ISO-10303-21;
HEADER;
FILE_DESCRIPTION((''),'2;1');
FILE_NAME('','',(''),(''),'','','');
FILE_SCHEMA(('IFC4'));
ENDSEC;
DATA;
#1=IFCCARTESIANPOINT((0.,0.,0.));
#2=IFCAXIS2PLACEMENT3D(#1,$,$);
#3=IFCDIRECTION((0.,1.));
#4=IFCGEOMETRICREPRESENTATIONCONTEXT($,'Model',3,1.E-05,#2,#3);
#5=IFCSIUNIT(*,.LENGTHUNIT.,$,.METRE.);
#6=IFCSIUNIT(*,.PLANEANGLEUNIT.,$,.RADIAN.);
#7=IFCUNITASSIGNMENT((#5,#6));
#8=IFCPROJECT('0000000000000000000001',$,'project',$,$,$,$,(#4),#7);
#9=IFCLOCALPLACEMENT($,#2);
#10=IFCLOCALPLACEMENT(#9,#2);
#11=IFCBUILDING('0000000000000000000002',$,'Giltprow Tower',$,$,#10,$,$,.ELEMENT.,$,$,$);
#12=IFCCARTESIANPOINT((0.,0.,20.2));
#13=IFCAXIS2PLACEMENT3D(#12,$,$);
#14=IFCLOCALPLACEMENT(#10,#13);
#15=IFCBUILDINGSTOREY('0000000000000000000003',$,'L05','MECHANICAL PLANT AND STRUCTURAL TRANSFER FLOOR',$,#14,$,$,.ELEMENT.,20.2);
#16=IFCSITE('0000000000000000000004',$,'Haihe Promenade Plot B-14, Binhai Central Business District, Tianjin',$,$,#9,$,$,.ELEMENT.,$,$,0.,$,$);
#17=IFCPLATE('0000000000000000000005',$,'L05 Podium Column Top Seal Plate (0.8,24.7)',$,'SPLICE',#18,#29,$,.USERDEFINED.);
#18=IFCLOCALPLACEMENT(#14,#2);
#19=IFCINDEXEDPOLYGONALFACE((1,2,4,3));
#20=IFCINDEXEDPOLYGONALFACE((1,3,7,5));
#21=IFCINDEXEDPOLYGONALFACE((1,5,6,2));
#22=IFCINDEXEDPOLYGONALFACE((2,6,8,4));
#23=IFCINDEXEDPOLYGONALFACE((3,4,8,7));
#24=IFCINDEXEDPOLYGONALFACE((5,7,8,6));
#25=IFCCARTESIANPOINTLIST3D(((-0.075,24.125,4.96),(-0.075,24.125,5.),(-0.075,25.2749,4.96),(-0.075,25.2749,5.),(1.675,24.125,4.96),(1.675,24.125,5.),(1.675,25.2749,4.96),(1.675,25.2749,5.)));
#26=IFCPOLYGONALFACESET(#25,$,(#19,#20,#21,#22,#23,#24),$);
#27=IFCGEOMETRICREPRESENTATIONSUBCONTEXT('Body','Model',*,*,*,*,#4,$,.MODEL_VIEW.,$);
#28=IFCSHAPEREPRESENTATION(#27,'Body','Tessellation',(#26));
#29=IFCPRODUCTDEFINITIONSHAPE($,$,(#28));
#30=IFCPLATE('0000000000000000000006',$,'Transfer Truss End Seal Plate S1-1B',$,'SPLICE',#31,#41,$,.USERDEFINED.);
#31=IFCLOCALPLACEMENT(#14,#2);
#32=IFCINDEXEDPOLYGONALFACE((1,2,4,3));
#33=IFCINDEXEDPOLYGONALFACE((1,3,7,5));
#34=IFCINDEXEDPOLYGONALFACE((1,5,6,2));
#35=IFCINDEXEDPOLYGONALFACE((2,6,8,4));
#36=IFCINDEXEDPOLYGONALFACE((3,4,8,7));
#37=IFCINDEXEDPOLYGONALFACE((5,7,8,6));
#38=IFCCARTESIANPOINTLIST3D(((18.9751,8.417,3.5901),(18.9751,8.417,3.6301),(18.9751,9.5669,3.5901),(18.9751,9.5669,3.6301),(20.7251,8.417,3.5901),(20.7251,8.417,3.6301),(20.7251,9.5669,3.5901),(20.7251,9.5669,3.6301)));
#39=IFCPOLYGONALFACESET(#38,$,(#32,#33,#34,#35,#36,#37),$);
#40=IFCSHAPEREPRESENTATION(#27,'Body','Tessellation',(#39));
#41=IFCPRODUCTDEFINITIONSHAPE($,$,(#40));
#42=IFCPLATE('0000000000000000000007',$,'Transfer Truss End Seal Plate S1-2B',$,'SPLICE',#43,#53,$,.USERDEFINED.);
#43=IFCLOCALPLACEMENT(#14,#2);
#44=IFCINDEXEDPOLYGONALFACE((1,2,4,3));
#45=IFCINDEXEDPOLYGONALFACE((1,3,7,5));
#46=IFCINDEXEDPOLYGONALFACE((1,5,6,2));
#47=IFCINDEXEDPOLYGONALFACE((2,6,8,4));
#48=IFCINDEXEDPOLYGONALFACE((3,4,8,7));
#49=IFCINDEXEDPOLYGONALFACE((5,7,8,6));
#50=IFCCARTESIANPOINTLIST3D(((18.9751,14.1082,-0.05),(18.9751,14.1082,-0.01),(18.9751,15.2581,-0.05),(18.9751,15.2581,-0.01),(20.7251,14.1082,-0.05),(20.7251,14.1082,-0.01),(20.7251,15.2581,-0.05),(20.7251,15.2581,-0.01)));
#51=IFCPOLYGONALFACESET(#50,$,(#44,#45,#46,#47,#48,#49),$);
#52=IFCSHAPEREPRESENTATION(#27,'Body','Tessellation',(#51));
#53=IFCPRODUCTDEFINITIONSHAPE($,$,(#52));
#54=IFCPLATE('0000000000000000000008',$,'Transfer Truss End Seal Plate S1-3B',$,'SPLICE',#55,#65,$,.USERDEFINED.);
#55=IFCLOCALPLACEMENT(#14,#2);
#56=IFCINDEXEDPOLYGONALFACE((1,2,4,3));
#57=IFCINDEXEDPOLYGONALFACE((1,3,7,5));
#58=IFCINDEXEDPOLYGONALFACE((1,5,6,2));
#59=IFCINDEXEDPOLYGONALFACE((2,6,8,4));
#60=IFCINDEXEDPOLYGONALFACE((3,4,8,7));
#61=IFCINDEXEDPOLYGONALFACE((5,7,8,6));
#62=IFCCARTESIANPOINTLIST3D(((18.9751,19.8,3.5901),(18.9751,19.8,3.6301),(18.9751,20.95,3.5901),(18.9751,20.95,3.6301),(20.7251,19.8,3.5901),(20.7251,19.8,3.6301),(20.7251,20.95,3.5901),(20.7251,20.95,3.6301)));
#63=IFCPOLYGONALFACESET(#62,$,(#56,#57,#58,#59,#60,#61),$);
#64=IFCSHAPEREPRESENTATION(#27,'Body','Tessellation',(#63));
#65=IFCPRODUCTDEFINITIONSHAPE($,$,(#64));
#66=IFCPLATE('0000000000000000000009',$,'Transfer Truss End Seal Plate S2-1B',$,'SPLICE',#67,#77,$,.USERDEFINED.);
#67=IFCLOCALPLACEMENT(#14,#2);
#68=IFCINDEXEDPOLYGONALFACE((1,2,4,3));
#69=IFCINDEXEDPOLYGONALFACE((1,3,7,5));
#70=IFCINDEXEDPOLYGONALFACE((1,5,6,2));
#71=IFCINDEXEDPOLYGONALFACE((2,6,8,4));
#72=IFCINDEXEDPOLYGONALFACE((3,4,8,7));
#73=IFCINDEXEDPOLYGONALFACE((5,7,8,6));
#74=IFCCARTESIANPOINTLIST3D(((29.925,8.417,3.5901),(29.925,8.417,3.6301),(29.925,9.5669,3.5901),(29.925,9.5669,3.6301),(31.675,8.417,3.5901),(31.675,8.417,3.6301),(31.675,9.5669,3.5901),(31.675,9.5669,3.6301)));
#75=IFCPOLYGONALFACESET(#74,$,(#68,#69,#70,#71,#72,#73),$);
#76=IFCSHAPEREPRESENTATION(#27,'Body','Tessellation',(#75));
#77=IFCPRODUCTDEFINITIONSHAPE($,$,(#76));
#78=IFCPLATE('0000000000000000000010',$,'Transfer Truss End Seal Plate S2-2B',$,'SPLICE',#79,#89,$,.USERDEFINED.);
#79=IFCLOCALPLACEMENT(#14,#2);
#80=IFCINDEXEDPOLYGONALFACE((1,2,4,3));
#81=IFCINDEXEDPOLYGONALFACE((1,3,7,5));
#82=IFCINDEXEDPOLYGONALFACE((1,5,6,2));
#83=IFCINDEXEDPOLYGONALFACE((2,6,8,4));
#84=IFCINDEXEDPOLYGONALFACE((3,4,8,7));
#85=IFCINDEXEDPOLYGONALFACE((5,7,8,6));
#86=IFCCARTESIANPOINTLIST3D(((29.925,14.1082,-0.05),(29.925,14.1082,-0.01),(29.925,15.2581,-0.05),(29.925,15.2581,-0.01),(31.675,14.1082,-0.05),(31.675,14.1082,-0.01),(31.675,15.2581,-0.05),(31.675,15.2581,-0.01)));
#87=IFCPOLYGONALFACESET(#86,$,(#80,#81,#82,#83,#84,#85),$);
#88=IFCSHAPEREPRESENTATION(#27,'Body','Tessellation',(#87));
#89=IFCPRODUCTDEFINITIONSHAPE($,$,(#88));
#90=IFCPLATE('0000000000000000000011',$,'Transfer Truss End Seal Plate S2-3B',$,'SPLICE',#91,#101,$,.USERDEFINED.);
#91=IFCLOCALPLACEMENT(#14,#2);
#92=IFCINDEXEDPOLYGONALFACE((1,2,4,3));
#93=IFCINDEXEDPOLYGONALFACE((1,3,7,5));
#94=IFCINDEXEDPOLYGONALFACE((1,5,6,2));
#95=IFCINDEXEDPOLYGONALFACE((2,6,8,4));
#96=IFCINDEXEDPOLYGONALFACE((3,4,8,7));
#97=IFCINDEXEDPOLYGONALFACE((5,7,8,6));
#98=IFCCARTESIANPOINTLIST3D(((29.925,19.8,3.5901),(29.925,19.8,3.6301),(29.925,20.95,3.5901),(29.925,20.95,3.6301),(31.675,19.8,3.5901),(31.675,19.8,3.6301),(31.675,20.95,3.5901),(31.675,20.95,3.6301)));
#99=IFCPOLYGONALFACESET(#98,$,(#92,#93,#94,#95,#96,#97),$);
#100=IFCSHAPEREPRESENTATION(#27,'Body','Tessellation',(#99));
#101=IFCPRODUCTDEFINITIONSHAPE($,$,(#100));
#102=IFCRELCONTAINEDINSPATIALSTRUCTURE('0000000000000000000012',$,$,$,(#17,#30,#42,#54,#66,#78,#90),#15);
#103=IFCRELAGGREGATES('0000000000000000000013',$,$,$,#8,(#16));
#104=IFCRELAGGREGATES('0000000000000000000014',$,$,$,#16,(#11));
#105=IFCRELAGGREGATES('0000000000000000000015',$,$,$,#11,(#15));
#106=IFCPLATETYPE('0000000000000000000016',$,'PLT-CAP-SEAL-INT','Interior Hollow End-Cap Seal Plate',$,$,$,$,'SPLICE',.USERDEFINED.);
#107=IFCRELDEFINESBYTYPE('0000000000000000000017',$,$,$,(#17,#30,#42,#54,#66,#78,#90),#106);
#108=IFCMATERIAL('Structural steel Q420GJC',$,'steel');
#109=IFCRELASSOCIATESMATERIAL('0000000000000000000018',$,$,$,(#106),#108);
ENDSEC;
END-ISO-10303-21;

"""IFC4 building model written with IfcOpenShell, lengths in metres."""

from ifc_helpers import new_model, si_unit, direction, frame, origin, origin_2d, place, context, subcontext, project, spatial, rectangle, extrude, source, transform, mapped, material, type_object, element, save


model = new_model("IFC4")

# Units and contexts
model_context = context("Model", 3, precision=1e-05, world=origin(), true_north=direction((0.0, 1.0)))
body_context = subcontext(model_context, "Body", "Model", "MODEL_VIEW")
ifc_project = project(units=[si_unit("LENGTHUNIT", "METRE"), si_unit("PLANEANGLEUNIT", "RADIAN")], contexts=[model_context])

# Site, building, storey
site_placement = place(None, origin())
site = spatial("IfcSite", under=ifc_project, at=site_placement, Name="Haihe Promenade Plot B-14, Binhai Central Business District, Tianjin", CompositionType="ELEMENT", RefElevation=0.0)
building_placement = place(site_placement, origin())
building = spatial("IfcBuilding", under=site, at=building_placement, Name="Giltprow Tower", CompositionType="ELEMENT")
storey_placement = place(building_placement, frame((0.0, 0.0, 20.2)))
storey = spatial("IfcBuildingStorey", under=building, at=storey_placement, Name="L05", Description="MECHANICAL PLANT AND STRUCTURAL TRANSFER FLOOR", CompositionType="ELEMENT", Elevation=20.2)

# Shared definitions
ifc_material = material(Name="Structural steel Q420GJC", Category="steel")

# Plates
plate_type = type_object("IfcPlateType", Name="PLT-CAP-SEAL-INT", Description="Interior Hollow End-Cap Seal Plate", ElementType="SPLICE", PredefinedType="USERDEFINED", material=ifc_material)
shared_shape_1 = source(origin(), body_context, "Body", "SweptSolid", [
    extrude(rectangle(XDim=1.75, YDim=1.1499, at=origin_2d()), origin(), (0.0, 0.0, 1.0), 0.04),
])
for number, where, z_axis, x_axis, name in (
    (1, (0.8, 24.7, 4.96), (0.0, 0.0, 1.0), (1.0, 0.0, 0.0), "L05 Podium Column Top Seal Plate (0.8,24.7)"),
    (2, (19.8501, 8.9919, 3.5901), (0.0, 0.0, 1.0), (1.0, 0.0, 0.0), "Transfer Truss End Seal Plate S1-1B"),
    (3, (19.8501, 14.6831, -0.05), (0.0, 0.0, 1.0), (1.0, 0.0, 0.0), "Transfer Truss End Seal Plate S1-2B"),
    (4, (19.8501, 20.375, 3.5901), (0.0, 0.0, 1.0), (1.0, 0.0, 0.0), "Transfer Truss End Seal Plate S1-3B"),
    (5, (30.8, 8.9919, 3.5901), (0.0, 0.0, 1.0), (1.0, 0.0, 0.0), "Transfer Truss End Seal Plate S2-1B"),
    (6, (30.8, 14.6831, -0.05), (0.0, 0.0, 1.0), (1.0, 0.0, 0.0), "Transfer Truss End Seal Plate S2-2B"),
    (7, (30.8, 20.375, 3.5901), (0.0, 0.0, 1.0), (1.0, 0.0, 0.0), "Transfer Truss End Seal Plate S2-3B"),
):
    element("IfcPlate", number, at=place(storey_placement, frame(where, z_axis=z_axis, x_axis=x_axis)), inside=storey, type_object=plate_type, Name=name, ObjectType="SPLICE", PredefinedType="USERDEFINED", context=body_context, shape_type="MappedRepresentation", body=[
        mapped(shared_shape_1, transform((0.0, 0.0, 0.0), x_axis=(1.0, 0.0, 0.0), y_axis=(0.0, 1.0, 0.0), z_axis=(0.0, 0.0, 1.0), scale=1.0)),
    ])

save(model, "model.ifc")
